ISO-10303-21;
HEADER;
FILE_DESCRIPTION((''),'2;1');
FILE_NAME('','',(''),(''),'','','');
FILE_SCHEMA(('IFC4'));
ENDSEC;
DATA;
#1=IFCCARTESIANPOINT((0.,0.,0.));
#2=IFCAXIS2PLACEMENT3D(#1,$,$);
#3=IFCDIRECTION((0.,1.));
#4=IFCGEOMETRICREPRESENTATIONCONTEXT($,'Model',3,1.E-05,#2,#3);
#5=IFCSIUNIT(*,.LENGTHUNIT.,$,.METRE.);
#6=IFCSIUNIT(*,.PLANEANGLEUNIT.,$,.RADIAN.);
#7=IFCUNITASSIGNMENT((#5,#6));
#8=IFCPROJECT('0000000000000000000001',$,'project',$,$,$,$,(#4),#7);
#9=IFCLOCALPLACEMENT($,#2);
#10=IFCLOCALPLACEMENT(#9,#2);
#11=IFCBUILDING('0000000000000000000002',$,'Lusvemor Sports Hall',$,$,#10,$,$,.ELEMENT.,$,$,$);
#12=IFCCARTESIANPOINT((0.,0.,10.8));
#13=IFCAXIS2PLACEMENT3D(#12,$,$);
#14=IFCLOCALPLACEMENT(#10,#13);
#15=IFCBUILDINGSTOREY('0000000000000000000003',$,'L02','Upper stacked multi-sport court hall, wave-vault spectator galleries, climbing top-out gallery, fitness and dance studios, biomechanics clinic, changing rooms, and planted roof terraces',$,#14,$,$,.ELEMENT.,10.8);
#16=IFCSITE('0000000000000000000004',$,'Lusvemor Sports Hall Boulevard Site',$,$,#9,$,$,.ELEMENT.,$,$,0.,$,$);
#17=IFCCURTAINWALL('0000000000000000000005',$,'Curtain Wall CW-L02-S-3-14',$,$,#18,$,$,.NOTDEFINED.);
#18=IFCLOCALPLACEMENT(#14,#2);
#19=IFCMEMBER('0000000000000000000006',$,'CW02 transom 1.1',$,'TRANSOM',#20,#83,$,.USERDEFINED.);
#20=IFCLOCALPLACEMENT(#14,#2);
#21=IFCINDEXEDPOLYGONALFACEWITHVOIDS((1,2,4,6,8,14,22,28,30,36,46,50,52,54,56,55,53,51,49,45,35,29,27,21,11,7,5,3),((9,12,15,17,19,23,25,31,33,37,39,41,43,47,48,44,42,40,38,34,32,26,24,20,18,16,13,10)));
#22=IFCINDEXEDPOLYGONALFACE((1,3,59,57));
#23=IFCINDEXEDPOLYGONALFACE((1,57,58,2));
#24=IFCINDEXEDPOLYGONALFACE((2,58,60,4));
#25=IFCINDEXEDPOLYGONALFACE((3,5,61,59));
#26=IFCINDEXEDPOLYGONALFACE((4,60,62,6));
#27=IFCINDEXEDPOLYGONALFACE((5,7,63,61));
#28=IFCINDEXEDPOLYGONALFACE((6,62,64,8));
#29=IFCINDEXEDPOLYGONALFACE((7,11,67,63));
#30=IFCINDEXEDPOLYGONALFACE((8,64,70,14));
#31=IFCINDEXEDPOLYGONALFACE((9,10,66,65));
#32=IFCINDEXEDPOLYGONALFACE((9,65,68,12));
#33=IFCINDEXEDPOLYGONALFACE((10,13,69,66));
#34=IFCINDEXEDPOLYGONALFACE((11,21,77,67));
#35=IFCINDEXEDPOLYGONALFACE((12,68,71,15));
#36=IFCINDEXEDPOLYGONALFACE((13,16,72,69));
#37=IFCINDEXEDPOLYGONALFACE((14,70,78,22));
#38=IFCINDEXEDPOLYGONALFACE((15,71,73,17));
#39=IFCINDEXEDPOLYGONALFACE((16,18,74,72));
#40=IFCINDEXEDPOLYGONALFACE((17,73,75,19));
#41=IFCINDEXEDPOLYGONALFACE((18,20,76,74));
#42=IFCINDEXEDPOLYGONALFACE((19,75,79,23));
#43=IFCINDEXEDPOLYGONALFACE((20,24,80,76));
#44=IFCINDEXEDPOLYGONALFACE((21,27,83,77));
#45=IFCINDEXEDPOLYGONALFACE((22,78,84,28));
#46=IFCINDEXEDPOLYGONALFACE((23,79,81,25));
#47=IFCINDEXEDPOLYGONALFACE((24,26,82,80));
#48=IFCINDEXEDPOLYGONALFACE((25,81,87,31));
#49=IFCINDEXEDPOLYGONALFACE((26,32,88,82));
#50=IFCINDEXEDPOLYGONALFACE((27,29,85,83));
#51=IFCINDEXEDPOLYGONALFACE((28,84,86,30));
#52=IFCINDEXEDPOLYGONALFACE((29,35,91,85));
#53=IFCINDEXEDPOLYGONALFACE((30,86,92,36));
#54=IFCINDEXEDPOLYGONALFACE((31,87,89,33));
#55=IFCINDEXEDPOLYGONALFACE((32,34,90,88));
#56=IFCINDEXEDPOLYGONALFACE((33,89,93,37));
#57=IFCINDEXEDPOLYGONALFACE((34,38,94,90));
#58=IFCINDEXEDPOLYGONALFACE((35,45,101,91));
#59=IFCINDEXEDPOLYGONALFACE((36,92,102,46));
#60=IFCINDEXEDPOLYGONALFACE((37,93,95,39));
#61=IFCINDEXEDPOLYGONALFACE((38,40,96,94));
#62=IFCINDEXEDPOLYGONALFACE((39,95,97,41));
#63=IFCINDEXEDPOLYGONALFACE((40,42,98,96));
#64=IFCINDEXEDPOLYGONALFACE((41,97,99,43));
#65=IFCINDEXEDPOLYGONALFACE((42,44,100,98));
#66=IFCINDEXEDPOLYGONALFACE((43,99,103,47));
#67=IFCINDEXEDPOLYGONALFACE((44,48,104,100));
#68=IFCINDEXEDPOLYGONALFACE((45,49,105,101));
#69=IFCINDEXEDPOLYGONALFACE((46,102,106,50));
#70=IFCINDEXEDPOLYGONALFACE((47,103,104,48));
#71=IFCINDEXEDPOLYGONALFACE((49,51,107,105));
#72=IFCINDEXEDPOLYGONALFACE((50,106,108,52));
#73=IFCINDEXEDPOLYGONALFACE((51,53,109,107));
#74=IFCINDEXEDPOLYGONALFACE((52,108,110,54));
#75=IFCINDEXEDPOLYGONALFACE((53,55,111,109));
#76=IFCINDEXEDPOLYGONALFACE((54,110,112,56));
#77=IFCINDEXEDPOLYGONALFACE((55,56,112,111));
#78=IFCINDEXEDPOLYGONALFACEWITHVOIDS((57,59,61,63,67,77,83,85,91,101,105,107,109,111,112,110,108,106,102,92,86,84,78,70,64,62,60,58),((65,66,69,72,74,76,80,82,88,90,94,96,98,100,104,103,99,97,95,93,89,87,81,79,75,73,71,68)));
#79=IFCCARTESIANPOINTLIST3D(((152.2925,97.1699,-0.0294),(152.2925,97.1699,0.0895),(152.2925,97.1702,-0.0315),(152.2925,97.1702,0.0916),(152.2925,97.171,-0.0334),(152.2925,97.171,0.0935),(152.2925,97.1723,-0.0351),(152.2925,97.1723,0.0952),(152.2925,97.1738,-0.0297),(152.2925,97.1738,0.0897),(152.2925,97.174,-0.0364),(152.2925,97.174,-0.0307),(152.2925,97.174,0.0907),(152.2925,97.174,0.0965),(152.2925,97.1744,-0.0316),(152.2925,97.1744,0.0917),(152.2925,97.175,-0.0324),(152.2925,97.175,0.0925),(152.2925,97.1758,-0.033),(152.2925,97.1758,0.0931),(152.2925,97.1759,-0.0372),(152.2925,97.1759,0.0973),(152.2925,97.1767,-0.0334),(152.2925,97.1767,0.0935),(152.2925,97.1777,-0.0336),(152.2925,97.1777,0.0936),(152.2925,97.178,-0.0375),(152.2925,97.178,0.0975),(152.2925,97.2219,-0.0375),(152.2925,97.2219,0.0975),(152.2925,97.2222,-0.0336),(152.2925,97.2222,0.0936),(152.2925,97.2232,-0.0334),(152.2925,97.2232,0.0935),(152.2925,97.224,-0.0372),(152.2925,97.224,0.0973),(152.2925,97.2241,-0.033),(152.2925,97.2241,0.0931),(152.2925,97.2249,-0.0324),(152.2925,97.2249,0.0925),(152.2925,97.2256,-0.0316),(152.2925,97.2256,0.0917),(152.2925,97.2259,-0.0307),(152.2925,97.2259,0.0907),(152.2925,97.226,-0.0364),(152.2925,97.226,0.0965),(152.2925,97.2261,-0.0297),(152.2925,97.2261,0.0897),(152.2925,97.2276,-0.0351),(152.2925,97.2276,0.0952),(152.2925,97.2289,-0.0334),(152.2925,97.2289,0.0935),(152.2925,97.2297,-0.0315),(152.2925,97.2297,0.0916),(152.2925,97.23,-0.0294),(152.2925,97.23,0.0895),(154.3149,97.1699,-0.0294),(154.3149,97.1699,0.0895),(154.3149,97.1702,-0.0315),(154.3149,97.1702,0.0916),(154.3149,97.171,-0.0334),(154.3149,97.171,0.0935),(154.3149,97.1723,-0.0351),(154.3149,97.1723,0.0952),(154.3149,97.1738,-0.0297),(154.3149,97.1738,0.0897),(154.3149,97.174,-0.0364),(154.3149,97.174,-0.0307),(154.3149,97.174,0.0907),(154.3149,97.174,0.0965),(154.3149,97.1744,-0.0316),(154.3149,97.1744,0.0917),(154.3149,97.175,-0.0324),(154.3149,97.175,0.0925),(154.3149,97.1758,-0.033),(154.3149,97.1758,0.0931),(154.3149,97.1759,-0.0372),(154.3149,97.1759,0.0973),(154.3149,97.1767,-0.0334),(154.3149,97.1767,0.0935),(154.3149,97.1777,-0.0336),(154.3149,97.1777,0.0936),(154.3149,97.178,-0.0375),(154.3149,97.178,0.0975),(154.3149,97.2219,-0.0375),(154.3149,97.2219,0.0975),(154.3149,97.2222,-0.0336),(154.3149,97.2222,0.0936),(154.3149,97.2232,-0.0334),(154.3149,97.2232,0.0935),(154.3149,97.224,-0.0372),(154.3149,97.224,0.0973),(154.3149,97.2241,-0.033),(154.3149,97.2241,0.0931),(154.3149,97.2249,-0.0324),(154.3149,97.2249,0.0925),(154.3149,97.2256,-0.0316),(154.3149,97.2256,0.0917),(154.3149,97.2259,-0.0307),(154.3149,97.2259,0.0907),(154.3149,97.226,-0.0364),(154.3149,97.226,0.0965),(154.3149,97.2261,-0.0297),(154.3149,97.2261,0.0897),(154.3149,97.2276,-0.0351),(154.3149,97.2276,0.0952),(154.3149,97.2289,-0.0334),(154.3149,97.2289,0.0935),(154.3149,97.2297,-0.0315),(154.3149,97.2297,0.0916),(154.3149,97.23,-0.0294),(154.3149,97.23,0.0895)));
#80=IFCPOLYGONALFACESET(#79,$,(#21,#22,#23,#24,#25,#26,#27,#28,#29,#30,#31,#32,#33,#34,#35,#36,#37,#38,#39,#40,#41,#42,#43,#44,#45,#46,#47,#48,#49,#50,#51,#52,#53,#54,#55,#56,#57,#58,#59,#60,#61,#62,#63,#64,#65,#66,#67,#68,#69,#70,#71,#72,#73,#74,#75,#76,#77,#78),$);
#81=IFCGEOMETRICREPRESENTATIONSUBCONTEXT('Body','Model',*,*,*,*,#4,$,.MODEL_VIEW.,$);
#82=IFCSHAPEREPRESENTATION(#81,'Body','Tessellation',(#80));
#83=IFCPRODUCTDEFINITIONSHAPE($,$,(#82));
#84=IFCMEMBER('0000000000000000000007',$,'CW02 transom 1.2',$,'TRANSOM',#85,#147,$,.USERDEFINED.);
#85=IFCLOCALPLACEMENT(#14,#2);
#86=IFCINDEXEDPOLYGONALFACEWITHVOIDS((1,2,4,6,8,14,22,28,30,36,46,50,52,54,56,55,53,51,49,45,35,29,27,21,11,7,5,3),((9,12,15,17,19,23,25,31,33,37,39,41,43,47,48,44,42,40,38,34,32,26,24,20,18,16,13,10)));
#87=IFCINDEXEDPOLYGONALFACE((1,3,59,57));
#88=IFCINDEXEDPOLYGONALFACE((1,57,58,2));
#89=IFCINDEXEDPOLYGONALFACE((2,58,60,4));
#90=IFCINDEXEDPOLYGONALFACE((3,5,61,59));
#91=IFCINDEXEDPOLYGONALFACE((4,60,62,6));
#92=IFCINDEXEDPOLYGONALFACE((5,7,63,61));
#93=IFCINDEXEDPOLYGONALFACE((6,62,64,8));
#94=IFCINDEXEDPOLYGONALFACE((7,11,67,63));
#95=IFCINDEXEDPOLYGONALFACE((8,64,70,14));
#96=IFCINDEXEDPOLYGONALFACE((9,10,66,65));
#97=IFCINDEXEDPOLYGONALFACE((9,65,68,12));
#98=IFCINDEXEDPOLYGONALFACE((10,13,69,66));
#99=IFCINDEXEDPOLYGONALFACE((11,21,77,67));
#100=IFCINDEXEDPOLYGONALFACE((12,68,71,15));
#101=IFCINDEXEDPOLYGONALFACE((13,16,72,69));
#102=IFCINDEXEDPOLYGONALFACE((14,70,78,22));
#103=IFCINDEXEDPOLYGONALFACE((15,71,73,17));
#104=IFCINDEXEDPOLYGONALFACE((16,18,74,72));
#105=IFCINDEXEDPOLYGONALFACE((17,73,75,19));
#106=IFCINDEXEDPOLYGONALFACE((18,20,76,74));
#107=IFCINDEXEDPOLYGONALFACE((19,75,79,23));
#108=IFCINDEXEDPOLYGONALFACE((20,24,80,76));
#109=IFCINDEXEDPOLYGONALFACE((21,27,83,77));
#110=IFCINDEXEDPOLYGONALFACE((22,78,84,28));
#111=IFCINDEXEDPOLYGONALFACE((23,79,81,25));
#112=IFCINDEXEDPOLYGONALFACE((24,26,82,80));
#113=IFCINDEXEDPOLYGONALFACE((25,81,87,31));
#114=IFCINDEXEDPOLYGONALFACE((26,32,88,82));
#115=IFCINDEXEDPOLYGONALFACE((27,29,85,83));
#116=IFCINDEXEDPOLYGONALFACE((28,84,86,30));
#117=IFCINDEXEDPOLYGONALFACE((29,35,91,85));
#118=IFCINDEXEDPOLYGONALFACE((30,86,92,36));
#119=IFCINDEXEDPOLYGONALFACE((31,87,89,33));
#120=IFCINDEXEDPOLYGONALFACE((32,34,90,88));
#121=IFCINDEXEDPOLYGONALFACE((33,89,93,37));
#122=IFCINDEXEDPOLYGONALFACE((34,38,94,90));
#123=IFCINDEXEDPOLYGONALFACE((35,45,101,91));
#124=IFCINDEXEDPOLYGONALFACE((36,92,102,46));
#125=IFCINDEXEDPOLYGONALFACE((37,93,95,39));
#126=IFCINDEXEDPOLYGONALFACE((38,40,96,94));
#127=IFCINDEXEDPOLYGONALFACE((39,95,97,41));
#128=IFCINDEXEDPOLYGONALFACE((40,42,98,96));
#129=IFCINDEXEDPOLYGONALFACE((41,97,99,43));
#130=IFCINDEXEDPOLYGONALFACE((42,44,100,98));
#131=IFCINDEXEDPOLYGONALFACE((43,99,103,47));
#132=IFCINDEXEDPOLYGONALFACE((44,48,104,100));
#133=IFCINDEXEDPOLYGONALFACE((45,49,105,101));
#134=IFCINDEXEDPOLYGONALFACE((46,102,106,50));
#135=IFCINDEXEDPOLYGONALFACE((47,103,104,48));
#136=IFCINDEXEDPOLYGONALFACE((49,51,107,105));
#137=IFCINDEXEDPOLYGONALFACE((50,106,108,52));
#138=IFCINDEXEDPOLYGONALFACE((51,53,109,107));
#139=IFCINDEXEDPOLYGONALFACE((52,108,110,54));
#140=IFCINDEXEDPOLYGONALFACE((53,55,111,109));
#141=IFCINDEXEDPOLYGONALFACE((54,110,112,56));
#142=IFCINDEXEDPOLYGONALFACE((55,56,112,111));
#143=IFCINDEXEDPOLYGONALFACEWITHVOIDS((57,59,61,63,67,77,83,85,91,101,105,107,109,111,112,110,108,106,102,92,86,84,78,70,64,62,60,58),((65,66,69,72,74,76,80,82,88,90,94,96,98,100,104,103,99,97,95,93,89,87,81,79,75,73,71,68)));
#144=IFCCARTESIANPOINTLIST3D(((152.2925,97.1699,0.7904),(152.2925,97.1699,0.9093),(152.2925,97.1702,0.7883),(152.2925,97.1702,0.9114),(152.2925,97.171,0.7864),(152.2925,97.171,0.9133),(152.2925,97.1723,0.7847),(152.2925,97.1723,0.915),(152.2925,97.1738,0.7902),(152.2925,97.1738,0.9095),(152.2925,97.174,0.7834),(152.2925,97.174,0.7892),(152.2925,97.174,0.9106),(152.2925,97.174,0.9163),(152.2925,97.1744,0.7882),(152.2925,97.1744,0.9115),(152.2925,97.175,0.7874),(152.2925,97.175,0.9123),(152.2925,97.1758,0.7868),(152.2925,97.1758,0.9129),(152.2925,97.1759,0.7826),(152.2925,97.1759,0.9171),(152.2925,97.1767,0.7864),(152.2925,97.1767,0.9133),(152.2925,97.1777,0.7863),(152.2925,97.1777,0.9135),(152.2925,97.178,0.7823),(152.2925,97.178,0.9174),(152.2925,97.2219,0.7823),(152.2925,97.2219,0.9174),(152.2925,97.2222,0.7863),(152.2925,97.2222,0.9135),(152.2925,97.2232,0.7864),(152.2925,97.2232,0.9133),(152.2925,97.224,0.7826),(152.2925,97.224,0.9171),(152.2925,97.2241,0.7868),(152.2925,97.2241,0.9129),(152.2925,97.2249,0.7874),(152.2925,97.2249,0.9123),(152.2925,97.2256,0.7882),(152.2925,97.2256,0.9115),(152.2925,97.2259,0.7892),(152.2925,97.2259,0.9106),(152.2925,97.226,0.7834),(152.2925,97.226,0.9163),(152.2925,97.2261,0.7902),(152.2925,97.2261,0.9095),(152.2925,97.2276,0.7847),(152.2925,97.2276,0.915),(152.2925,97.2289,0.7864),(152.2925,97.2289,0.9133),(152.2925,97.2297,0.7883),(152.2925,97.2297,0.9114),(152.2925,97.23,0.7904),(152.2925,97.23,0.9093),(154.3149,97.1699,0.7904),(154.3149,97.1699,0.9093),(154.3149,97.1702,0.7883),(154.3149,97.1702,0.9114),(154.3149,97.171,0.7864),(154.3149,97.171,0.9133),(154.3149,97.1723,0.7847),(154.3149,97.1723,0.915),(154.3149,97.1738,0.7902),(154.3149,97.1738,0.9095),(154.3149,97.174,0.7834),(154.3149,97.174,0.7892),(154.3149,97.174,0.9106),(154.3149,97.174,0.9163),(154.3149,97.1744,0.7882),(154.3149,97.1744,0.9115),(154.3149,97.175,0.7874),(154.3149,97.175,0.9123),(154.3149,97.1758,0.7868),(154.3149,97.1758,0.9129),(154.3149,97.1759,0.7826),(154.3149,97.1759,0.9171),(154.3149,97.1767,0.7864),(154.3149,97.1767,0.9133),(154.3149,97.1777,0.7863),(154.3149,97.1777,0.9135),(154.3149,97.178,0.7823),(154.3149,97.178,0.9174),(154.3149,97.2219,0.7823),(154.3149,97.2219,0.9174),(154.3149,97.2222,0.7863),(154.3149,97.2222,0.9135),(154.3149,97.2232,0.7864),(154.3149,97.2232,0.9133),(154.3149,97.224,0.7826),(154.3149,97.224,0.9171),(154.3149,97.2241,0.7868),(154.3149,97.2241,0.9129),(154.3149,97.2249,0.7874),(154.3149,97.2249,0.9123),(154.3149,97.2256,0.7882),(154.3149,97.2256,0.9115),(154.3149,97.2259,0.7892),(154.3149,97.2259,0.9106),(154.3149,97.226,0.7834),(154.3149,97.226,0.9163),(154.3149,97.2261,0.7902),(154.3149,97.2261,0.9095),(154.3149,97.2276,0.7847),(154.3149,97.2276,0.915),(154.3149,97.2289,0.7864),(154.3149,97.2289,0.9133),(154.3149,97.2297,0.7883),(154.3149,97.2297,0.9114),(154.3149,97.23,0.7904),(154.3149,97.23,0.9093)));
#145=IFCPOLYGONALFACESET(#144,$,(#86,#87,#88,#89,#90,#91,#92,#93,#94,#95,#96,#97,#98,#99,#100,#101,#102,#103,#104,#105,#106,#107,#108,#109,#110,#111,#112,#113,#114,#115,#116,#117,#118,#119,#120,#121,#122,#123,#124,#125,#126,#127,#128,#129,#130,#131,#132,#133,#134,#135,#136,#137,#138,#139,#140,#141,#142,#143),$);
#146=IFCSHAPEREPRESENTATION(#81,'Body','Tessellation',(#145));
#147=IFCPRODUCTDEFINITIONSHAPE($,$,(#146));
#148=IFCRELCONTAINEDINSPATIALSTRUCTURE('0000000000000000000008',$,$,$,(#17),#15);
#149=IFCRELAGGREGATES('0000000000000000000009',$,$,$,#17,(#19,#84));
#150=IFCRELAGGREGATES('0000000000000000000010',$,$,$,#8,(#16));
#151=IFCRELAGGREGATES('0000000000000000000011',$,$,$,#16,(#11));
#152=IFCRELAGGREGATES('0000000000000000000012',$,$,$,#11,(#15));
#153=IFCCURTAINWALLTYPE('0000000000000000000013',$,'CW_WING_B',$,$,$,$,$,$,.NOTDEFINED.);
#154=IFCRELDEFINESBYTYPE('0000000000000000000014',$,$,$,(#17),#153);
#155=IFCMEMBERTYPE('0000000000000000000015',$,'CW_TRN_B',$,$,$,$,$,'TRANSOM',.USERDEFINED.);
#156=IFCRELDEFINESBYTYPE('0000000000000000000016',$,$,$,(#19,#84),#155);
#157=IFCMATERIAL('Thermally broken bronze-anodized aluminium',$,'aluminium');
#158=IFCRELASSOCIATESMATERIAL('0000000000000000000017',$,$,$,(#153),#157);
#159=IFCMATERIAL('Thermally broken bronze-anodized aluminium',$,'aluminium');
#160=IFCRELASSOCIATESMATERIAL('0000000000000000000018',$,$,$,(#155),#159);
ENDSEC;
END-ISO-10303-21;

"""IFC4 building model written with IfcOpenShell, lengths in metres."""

from ifc_helpers import new_model, si_unit, direction, frame, origin, origin_2d, place, context, subcontext, project, spatial, hollow_rectangle, extrude, material, material_profile, profile_set, type_object, element, aggregate, save


model = new_model("IFC4")

# Units and contexts
model_context = context("Model", 3, precision=1e-05, world=origin(), true_north=direction((0.0, 1.0)))
body_context = subcontext(model_context, "Body", "Model", "MODEL_VIEW")
ifc_project = project(units=[si_unit("LENGTHUNIT", "METRE"), si_unit("PLANEANGLEUNIT", "RADIAN")], contexts=[model_context])

# Site, building, storey
site_placement = place(None, origin())
site = spatial("IfcSite", under=ifc_project, at=site_placement, Name="Lusvemor Sports Hall Boulevard Site", CompositionType="ELEMENT", RefElevation=0.0)
building_placement = place(site_placement, origin())
building = spatial("IfcBuilding", under=site, at=building_placement, Name="Lusvemor Sports Hall", CompositionType="ELEMENT")
storey_placement = place(building_placement, frame((0.0, 0.0, 10.8)))
storey = spatial("IfcBuildingStorey", under=building, at=storey_placement, Name="L02", Description="Upper stacked multi-sport court hall, wave-vault spectator galleries, climbing top-out gallery, fitness and dance studios, biomechanics clinic, changing rooms, and planted roof terraces", CompositionType="ELEMENT", Elevation=10.8)

# Curtain wall, members
ifc_material_1 = material(Name="Thermally broken bronze-anodized aluminium", Category="aluminium")
curtain_wall_type = type_object("IfcCurtainWallType", Name="CW_WING_B", PredefinedType="NOTDEFINED", material=ifc_material_1)
curtain_wall_placement = place(storey_placement, origin())
curtain_wall = element("IfcCurtainWall", 1, at=curtain_wall_placement, inside=storey, type_object=curtain_wall_type, Name="Curtain Wall CW-L02-S-3-14", PredefinedType="NOTDEFINED")
ifc_material_2 = material(Name="Thermally broken bronze-anodized aluminium", Category="aluminium")
ifc_material_profile_1 = material_profile(ifc_material_2, hollow_rectangle(XDim=0.0601, YDim=0.135, WallThickness=0.0039, InnerFilletRadius=0.0039, OuterFilletRadius=0.0081, at=origin_2d()), Name="CWTRN135x60x4")
ifc_profile_set_1 = profile_set([ifc_material_profile_1], Name="Thermally broken bronze-anodized aluminium")
member_type_1 = type_object("IfcMemberType", Name="CW_TRN_B", ElementType="TRANSOM", PredefinedType="USERDEFINED", material=ifc_profile_set_1)
member_1_placement = place(storey_placement, frame((154.3149, 97.2, 0.03), z_axis=(-1.0, 0.0, 0.0), x_axis=(0.0, -1.0, 0.0)))
member_1 = element("IfcMember", 2, at=member_1_placement, type_object=member_type_1, Name="CW02 transom 1.1", ObjectType="TRANSOM", PredefinedType="USERDEFINED", context=body_context, shape_type="SweptSolid", body=[
    extrude(hollow_rectangle(XDim=0.0601, YDim=0.135, WallThickness=0.0039, InnerFilletRadius=0.0039, OuterFilletRadius=0.0081, at=origin_2d()), origin(), (0.0, 0.0, 1.0), 2.0225),
])
member_2_placement = place(storey_placement, frame((154.3149, 97.2, 0.8499), z_axis=(-1.0, 0.0, 0.0), x_axis=(0.0, -1.0, 0.0)))
member_2 = element("IfcMember", 3, at=member_2_placement, type_object=member_type_1, Name="CW02 transom 1.2", ObjectType="TRANSOM", PredefinedType="USERDEFINED", context=body_context, shape_type="SweptSolid", body=[
    extrude(hollow_rectangle(XDim=0.0601, YDim=0.135, WallThickness=0.0039, InnerFilletRadius=0.0039, OuterFilletRadius=0.0081, at=origin_2d()), origin(), (0.0, 0.0, 1.0), 2.0225),
])

aggregate(curtain_wall, [member_1, member_2])

save(model, "model.ifc")
